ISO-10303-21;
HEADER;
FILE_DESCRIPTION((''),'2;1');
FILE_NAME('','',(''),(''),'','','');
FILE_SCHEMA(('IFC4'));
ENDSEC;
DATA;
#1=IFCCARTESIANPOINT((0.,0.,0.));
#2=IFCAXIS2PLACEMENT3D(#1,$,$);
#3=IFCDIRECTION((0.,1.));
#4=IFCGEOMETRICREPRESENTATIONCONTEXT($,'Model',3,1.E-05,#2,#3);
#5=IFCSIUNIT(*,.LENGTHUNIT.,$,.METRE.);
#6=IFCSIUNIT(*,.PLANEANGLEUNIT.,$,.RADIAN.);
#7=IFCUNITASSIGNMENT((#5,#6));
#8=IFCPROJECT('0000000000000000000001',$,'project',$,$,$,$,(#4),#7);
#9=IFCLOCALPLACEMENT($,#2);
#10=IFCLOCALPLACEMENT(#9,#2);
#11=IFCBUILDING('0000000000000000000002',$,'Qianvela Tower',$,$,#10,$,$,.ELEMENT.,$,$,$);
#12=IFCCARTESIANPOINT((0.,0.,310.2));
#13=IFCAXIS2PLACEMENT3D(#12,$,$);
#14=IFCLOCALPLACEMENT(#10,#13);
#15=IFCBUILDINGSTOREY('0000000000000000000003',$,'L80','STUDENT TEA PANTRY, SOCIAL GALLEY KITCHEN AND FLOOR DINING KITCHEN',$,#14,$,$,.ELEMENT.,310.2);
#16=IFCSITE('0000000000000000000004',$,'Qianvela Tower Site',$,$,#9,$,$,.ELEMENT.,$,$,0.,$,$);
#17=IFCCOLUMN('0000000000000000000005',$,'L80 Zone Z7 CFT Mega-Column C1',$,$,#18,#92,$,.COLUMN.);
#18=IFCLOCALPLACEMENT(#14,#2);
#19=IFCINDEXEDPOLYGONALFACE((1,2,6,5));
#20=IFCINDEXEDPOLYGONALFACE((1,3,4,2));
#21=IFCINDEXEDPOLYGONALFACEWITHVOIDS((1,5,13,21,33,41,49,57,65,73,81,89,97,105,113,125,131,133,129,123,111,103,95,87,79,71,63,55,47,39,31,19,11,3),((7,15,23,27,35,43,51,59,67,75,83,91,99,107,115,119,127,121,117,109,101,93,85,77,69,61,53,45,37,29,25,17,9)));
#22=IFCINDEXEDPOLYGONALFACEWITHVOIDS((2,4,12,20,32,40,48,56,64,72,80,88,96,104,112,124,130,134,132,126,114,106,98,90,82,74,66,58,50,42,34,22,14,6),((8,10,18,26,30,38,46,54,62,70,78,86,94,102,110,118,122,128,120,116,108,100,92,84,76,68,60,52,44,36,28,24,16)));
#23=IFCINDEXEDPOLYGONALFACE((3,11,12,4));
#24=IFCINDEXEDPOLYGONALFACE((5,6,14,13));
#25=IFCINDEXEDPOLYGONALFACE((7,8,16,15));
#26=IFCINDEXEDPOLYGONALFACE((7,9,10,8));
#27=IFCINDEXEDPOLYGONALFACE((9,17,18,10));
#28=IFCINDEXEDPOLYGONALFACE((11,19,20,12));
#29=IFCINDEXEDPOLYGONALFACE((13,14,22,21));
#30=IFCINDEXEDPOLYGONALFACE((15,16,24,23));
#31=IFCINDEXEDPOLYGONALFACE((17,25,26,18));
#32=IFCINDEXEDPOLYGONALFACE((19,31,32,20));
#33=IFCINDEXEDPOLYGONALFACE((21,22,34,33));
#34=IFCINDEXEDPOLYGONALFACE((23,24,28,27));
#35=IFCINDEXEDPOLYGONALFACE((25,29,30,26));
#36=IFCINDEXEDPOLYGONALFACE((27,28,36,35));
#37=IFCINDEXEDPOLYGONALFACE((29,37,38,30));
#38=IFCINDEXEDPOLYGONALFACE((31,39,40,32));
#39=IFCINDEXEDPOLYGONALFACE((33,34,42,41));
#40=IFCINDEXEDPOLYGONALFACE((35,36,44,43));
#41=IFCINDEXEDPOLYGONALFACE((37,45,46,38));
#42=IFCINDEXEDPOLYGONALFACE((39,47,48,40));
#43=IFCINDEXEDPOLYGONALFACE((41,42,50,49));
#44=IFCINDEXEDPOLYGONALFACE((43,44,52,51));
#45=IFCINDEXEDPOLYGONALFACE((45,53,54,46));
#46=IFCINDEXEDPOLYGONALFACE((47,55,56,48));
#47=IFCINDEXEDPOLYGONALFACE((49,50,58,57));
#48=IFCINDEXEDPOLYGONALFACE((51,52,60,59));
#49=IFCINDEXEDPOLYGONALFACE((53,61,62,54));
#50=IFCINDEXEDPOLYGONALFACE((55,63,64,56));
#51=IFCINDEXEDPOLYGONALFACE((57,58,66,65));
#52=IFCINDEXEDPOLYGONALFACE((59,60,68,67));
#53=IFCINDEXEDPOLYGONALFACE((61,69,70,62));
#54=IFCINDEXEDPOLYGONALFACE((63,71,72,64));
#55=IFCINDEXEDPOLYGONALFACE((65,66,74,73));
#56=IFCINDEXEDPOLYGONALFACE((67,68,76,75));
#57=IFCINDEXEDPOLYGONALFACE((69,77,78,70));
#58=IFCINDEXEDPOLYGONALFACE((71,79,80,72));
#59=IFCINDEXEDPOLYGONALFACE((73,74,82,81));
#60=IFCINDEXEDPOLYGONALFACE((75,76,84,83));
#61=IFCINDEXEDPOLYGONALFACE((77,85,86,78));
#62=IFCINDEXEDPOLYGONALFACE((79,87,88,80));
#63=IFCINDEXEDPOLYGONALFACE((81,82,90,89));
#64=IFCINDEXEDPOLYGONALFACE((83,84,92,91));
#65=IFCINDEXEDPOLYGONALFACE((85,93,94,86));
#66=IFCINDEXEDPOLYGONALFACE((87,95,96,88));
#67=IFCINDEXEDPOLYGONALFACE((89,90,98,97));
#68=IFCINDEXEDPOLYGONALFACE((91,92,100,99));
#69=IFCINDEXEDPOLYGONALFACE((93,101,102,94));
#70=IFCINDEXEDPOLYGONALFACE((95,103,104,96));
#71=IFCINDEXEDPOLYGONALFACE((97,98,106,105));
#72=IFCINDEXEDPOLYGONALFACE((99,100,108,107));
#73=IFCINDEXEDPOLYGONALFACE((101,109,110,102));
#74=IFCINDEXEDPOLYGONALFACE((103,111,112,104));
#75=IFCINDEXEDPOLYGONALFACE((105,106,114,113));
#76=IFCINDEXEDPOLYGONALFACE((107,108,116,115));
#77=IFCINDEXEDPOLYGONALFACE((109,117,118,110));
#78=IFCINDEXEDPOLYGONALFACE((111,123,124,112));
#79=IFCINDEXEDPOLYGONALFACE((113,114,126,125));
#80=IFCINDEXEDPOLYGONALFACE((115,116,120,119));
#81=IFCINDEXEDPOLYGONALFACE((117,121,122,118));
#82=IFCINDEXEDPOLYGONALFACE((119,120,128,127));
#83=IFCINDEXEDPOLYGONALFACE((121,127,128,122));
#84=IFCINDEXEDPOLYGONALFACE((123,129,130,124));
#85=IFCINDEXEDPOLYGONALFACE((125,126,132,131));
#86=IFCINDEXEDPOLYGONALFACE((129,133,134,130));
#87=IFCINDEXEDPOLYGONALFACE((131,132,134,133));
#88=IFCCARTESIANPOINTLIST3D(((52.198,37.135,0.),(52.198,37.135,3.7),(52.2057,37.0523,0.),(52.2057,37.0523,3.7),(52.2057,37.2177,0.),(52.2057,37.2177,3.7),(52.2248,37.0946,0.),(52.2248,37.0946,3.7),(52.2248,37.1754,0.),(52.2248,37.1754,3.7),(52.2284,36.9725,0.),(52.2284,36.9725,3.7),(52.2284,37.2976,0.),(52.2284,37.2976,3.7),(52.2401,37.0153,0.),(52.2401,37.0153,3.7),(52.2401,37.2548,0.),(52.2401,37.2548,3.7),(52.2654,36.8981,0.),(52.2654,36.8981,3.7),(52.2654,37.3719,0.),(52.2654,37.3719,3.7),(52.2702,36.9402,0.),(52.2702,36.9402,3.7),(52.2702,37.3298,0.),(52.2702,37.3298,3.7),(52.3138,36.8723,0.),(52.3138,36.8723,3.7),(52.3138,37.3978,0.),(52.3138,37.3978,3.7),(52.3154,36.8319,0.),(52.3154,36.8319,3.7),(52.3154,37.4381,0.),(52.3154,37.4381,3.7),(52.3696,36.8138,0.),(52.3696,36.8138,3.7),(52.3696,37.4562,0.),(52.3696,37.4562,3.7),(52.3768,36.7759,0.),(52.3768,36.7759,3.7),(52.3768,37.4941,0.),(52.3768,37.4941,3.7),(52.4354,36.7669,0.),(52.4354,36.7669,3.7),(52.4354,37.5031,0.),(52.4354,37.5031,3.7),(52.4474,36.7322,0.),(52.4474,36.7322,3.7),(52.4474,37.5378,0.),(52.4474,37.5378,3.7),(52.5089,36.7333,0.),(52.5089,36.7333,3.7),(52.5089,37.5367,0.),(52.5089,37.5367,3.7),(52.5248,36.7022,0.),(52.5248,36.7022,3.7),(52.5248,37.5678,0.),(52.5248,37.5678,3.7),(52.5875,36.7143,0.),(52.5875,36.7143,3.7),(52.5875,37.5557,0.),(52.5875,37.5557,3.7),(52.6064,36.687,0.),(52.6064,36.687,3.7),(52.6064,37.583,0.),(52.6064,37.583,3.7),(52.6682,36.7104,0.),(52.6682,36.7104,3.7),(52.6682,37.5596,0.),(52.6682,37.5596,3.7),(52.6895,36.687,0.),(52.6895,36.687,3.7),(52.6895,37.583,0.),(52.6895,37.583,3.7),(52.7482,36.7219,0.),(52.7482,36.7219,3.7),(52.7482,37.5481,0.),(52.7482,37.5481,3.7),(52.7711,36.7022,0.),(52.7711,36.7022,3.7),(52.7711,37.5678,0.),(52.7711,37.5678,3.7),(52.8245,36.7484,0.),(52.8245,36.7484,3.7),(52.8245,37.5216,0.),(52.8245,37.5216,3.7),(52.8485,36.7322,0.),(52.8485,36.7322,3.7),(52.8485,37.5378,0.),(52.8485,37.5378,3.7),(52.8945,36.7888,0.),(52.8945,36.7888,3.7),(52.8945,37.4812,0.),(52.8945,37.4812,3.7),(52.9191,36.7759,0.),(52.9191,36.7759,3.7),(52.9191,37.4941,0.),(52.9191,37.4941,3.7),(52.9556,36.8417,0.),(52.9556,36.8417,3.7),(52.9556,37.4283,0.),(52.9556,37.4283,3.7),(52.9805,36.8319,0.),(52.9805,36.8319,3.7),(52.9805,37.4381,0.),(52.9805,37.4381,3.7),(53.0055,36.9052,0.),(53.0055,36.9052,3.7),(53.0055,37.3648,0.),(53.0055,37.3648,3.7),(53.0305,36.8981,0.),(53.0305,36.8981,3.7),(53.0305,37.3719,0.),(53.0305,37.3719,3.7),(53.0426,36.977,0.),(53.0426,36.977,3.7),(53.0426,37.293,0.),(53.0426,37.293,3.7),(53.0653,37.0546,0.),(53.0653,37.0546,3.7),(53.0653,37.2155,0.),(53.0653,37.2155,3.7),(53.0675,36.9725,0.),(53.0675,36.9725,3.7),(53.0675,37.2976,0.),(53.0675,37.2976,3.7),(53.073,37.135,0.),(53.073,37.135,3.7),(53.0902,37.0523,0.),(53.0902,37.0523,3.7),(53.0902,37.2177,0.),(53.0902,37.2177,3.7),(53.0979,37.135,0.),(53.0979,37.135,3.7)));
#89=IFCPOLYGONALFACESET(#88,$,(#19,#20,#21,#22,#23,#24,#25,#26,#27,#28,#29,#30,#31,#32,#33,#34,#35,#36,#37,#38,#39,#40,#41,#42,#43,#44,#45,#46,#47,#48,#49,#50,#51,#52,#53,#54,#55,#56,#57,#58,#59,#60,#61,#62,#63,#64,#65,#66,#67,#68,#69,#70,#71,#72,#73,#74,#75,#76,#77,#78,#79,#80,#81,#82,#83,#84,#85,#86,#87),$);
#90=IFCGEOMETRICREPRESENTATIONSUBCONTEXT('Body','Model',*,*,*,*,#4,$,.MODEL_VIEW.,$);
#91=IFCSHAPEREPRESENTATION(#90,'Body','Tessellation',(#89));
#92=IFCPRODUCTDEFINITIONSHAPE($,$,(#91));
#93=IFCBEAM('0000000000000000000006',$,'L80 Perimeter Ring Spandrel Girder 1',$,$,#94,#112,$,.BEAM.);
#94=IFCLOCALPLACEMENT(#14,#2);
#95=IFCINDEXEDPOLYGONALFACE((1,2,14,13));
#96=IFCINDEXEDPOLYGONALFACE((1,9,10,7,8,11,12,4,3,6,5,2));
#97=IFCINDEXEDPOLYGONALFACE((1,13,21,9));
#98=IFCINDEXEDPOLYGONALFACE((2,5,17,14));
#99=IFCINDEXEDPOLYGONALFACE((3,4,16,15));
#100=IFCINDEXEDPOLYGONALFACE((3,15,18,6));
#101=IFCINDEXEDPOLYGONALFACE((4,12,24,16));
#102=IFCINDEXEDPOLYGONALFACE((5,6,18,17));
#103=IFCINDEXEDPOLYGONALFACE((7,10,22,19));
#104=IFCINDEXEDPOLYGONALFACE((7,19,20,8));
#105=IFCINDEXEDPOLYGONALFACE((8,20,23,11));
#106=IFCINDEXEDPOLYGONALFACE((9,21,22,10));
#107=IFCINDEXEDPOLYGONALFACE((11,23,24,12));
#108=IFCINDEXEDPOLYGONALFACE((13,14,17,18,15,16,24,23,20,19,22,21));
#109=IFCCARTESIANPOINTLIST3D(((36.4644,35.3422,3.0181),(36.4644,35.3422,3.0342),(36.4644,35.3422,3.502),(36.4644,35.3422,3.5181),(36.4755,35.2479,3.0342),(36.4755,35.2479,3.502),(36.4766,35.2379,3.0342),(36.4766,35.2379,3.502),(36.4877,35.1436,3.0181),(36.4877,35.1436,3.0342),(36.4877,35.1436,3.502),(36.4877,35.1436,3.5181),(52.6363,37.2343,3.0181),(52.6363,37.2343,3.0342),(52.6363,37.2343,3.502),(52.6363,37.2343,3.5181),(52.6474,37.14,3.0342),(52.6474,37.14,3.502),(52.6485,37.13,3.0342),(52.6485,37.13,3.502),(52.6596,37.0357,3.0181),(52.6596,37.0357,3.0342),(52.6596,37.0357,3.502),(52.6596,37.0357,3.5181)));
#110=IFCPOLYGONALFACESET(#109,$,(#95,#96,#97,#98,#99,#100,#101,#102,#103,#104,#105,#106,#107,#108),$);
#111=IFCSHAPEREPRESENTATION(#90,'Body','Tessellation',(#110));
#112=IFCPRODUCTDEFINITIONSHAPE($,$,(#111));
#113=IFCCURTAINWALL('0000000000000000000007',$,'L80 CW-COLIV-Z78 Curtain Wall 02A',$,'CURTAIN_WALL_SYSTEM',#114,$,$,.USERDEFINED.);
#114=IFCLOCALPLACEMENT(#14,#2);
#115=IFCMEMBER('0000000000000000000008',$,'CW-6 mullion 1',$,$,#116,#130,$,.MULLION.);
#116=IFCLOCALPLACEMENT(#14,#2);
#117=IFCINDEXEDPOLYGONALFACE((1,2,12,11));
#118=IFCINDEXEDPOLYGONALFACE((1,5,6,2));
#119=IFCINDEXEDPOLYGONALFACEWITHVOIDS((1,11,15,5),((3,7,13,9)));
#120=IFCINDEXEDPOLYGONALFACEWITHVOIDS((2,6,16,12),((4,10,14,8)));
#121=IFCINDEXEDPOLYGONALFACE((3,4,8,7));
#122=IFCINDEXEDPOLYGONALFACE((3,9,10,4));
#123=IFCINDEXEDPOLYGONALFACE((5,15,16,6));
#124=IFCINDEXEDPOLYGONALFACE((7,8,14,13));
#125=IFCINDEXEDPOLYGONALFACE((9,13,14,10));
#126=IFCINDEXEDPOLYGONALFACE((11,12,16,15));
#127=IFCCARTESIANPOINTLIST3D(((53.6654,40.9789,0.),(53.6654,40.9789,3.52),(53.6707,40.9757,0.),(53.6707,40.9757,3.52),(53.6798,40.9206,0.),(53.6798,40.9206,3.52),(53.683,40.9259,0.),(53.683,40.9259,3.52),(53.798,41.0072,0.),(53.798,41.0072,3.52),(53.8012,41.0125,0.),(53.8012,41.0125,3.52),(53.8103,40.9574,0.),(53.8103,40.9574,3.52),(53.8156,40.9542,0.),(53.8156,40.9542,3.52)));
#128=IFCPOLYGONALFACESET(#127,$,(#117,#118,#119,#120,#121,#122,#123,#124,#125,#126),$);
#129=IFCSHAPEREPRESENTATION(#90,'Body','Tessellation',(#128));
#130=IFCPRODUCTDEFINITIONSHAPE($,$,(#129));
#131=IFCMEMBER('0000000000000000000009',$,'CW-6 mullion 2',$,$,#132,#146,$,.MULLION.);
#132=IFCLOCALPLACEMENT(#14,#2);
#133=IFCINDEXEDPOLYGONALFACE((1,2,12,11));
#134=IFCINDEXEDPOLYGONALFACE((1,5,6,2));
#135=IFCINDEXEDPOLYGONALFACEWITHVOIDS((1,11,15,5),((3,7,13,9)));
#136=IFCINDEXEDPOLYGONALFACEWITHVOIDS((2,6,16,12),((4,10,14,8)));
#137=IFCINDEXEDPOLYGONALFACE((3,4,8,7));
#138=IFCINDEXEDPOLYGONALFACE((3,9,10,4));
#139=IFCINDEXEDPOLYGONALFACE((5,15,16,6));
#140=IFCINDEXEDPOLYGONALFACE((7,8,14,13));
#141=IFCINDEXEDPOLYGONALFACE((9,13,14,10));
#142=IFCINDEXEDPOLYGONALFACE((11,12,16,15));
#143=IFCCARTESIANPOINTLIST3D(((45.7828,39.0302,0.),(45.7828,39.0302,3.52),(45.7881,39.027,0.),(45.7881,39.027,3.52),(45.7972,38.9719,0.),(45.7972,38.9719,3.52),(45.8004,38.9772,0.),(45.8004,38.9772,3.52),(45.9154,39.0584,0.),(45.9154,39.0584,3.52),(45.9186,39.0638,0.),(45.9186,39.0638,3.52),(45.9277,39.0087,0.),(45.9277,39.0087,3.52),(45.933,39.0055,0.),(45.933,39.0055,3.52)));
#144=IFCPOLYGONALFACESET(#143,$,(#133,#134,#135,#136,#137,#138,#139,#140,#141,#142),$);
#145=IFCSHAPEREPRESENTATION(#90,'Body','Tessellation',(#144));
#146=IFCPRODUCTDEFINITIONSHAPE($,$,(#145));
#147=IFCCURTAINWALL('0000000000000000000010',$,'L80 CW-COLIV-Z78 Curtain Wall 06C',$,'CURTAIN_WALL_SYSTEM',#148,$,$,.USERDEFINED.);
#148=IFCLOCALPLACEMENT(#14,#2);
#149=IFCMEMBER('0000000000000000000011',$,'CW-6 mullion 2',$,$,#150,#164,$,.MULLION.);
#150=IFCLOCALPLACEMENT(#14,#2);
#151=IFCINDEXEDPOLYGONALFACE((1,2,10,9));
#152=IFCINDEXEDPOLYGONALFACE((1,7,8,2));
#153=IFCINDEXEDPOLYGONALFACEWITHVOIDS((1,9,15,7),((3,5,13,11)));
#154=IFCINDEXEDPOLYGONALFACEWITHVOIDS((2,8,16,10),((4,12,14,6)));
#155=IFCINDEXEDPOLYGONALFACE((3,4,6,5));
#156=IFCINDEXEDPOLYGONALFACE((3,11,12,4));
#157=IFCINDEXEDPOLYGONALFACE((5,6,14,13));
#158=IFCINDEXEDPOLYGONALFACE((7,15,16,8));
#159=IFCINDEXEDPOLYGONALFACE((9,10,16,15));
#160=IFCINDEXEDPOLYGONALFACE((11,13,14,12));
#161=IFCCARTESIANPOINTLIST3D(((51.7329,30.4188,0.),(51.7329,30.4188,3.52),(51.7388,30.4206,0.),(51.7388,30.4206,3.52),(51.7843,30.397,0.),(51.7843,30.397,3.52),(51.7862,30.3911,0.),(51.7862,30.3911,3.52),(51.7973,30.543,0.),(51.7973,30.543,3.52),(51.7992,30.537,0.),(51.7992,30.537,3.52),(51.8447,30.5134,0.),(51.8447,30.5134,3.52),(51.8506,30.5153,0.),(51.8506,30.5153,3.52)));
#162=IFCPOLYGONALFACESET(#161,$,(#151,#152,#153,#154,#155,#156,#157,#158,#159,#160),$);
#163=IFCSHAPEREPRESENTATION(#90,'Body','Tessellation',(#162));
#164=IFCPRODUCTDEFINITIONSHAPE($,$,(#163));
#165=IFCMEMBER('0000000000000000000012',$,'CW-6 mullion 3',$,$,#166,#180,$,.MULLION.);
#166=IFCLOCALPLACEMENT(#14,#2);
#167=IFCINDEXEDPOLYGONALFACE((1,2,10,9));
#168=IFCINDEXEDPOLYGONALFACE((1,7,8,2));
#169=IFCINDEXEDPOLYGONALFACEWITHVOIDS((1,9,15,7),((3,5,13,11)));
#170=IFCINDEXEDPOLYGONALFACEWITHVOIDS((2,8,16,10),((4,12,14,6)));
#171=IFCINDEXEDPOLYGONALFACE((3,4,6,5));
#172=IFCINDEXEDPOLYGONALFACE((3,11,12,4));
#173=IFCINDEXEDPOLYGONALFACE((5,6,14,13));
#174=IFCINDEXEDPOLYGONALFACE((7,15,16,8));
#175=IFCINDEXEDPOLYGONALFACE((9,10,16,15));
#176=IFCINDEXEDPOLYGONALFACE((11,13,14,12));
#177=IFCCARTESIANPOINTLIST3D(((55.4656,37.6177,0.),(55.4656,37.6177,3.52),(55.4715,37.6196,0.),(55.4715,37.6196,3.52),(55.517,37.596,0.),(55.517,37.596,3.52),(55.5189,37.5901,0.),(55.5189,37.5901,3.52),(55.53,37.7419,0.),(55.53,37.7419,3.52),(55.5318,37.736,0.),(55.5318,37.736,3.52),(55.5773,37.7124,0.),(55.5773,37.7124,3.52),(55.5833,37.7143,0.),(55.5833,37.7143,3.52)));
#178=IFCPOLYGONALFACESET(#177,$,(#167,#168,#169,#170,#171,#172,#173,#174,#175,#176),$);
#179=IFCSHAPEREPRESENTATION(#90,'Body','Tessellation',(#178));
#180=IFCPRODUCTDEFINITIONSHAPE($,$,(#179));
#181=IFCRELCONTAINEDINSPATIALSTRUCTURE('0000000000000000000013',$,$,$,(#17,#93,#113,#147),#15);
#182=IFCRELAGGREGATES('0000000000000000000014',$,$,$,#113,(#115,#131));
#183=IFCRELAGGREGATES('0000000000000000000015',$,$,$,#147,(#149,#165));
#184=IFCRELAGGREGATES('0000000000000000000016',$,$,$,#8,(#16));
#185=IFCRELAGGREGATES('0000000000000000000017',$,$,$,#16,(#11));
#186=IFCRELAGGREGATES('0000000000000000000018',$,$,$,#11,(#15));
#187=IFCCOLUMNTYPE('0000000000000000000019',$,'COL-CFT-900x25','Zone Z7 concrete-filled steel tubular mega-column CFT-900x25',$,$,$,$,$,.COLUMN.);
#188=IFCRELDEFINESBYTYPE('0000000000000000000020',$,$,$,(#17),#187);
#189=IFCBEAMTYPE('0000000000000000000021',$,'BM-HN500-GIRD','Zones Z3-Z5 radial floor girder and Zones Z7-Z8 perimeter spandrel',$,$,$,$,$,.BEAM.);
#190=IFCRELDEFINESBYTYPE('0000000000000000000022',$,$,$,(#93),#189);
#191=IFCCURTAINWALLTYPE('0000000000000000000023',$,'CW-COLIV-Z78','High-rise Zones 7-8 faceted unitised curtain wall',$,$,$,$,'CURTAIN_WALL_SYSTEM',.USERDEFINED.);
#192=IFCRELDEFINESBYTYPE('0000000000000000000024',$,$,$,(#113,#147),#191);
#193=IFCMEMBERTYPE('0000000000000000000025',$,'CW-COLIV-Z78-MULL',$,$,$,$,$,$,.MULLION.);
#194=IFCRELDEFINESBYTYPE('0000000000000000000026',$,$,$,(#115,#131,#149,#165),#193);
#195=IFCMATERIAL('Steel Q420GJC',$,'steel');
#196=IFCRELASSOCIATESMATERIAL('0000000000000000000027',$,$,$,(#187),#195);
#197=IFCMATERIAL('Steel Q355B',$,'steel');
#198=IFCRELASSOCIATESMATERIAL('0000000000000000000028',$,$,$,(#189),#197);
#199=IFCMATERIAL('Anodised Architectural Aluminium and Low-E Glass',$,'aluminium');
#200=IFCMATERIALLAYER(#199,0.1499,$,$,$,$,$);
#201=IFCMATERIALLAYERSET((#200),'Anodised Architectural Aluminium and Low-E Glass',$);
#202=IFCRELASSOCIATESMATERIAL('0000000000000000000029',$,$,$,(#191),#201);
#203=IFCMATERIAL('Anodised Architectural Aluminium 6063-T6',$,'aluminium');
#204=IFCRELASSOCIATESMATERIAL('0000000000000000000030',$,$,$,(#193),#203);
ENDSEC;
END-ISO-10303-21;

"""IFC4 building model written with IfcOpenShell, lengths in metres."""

from ifc_helpers import new_model, si_unit, direction, frame, origin, origin_2d, place, context, subcontext, project, spatial, hollow_rectangle, hollow_circle, i_section, extrude, material, layer, layer_set, material_profile, profile_set, type_object, element, aggregate, save


model = new_model("IFC4")

# Units and contexts
model_context = context("Model", 3, precision=1e-05, world=origin(), true_north=direction((0.0, 1.0)))
body_context = subcontext(model_context, "Body", "Model", "MODEL_VIEW")
ifc_project = project(units=[si_unit("LENGTHUNIT", "METRE"), si_unit("PLANEANGLEUNIT", "RADIAN")], contexts=[model_context])

# Site, building, storey
site_placement = place(None, origin())
site = spatial("IfcSite", under=ifc_project, at=site_placement, Name="Qianvela Tower Site", CompositionType="ELEMENT", RefElevation=0.0)
building_placement = place(site_placement, origin())
building = spatial("IfcBuilding", under=site, at=building_placement, Name="Qianvela Tower", CompositionType="ELEMENT")
storey_placement = place(building_placement, frame((0.0, 0.0, 310.2)))
storey = spatial("IfcBuildingStorey", under=building, at=storey_placement, Name="L80", Description="STUDENT TEA PANTRY, SOCIAL GALLEY KITCHEN AND FLOOR DINING KITCHEN", CompositionType="ELEMENT", Elevation=310.2)

# Column
ifc_material_1 = material(Name="Steel Q420GJC", Category="steel")
ifc_material_profile_1 = material_profile(ifc_material_1, hollow_circle(Radius=0.45, WallThickness=0.0249, at=origin_2d()), Name="CFT-900x25")
ifc_profile_set_1 = profile_set([ifc_material_profile_1], Name="Steel Q420GJC")
column_type = type_object("IfcColumnType", Name="COL-CFT-900x25", Description="Zone Z7 concrete-filled steel tubular mega-column CFT-900x25", PredefinedType="COLUMN", material=ifc_profile_set_1)
column_placement = place(storey_placement, frame((52.6479, 37.135, 0.0), z_axis=(0.0, 0.0, 1.0), x_axis=(1.0, 0.0, 0.0)))
element("IfcColumn", 1, at=column_placement, inside=storey, type_object=column_type, Name="L80 Zone Z7 CFT Mega-Column C1", PredefinedType="COLUMN", context=body_context, shape_type="SweptSolid", body=[
    extrude(hollow_circle(Radius=0.45, WallThickness=0.0249, at=origin_2d()), origin(), (0.0, 0.0, 1.0), 3.7),
])

# Beam
ifc_material_2 = material(Name="Steel Q355B", Category="steel")
ifc_material_profile_2 = material_profile(ifc_material_2, i_section(OverallWidth=0.2, OverallDepth=0.5, WebThickness=0.01, FlangeThickness=0.0161, at=origin_2d()), Name="HN500x200x10x16")
ifc_profile_set_2 = profile_set([ifc_material_profile_2], Name="Steel Q355B")
beam_type = type_object("IfcBeamType", Name="BM-HN500-GIRD", Description="Zones Z3-Z5 radial floor girder and Zones Z7-Z8 perimeter spandrel", PredefinedType="BEAM", material=ifc_profile_set_2)
beam_placement = place(storey_placement, frame((52.6479, 37.135, 3.2681), z_axis=(-0.993225, -0.116206, 0.0), x_axis=(0.116206, -0.993225, 0.0)))
element("IfcBeam", 2, at=beam_placement, inside=storey, type_object=beam_type, Name="L80 Perimeter Ring Spandrel Girder 1", PredefinedType="BEAM", context=body_context, shape_type="SweptSolid", body=[
    extrude(i_section(OverallWidth=0.2, OverallDepth=0.5, WebThickness=0.01, FlangeThickness=0.0161, at=origin_2d()), origin(), (0.0, 0.0, 1.0), 16.2822),
])

# Curtain walls, members
ifc_material_3 = material(Name="Anodised Architectural Aluminium and Low-E Glass", Category="aluminium")
ifc_layer_1 = layer(ifc_material_3, 0.1499)
ifc_layer_set_1 = layer_set([ifc_layer_1], Name="Anodised Architectural Aluminium and Low-E Glass")
curtain_wall_type = type_object("IfcCurtainWallType", Name="CW-COLIV-Z78", Description="High-rise Zones 7-8 faceted unitised curtain wall", ElementType="CURTAIN_WALL_SYSTEM", PredefinedType="USERDEFINED", material=ifc_layer_set_1)
curtain_wall_1_placement = place(storey_placement, origin())
curtain_wall_1 = element("IfcCurtainWall", 3, at=curtain_wall_1_placement, inside=storey, type_object=curtain_wall_type, Name="L80 CW-COLIV-Z78 Curtain Wall 02A", ObjectType="CURTAIN_WALL_SYSTEM", PredefinedType="USERDEFINED")
ifc_material_4 = material(Name="Anodised Architectural Aluminium 6063-T6", Category="aluminium")
ifc_material_profile_3 = material_profile(ifc_material_4, hollow_rectangle(XDim=0.0601, YDim=0.1399, WallThickness=0.0044, at=origin_2d()), Name="ALU-MULL-60x140")
ifc_profile_set_3 = profile_set([ifc_material_profile_3], Name="Anodised Architectural Aluminium 6063-T6")
member_type_1 = type_object("IfcMemberType", Name="CW-COLIV-Z78-MULL", PredefinedType="MULLION", material=ifc_profile_set_3)
member_1_placement = place(storey_placement, frame((53.7405, 40.9666, 0.0), z_axis=(0.0, 0.0, 1.0), x_axis=(0.240006, -0.970771, 0.0)))
member_1 = element("IfcMember", 4, at=member_1_placement, type_object=member_type_1, Name="CW-6 mullion 1", PredefinedType="MULLION", context=body_context, shape_type="SweptSolid", body=[
    extrude(hollow_rectangle(XDim=0.0601, YDim=0.1399, WallThickness=0.0044, at=origin_2d()), origin(), (0.0, 0.0, 1.0), 3.52),
])
member_2_placement = place(storey_placement, frame((45.8579, 39.0178, 0.0), z_axis=(0.0, 0.0, 1.0), x_axis=(0.240006, -0.970771, 0.0)))
member_2 = element("IfcMember", 5, at=member_2_placement, type_object=member_type_1, Name="CW-6 mullion 2", PredefinedType="MULLION", context=body_context, shape_type="SweptSolid", body=[
    extrude(hollow_rectangle(XDim=0.0601, YDim=0.1399, WallThickness=0.0044, at=origin_2d()), origin(), (0.0, 0.0, 1.0), 3.52),
])
curtain_wall_2_placement = place(storey_placement, origin())
curtain_wall_2 = element("IfcCurtainWall", 6, at=curtain_wall_2_placement, inside=storey, type_object=curtain_wall_type, Name="L80 CW-COLIV-Z78 Curtain Wall 06C", ObjectType="CURTAIN_WALL_SYSTEM", PredefinedType="USERDEFINED")
member_3_placement = place(storey_placement, frame((51.7917, 30.467, 0.0), z_axis=(0.0, 0.0, 1.0), x_axis=(-0.887759, 0.460309, 0.0)))
member_3 = element("IfcMember", 7, at=member_3_placement, type_object=member_type_1, Name="CW-6 mullion 2", PredefinedType="MULLION", context=body_context, shape_type="SweptSolid", body=[
    extrude(hollow_rectangle(XDim=0.0601, YDim=0.1399, WallThickness=0.0044, at=origin_2d()), origin(), (0.0, 0.0, 1.0), 3.52),
])
member_4_placement = place(storey_placement, frame((55.5244, 37.666, 0.0), z_axis=(0.0, 0.0, 1.0), x_axis=(-0.887759, 0.460309, 0.0)))
member_4 = element("IfcMember", 8, at=member_4_placement, type_object=member_type_1, Name="CW-6 mullion 3", PredefinedType="MULLION", context=body_context, shape_type="SweptSolid", body=[
    extrude(hollow_rectangle(XDim=0.0601, YDim=0.1399, WallThickness=0.0044, at=origin_2d()), origin(), (0.0, 0.0, 1.0), 3.52),
])

aggregate(curtain_wall_1, [member_1, member_2])
aggregate(curtain_wall_2, [member_3, member_4])

save(model, "model.ifc")
